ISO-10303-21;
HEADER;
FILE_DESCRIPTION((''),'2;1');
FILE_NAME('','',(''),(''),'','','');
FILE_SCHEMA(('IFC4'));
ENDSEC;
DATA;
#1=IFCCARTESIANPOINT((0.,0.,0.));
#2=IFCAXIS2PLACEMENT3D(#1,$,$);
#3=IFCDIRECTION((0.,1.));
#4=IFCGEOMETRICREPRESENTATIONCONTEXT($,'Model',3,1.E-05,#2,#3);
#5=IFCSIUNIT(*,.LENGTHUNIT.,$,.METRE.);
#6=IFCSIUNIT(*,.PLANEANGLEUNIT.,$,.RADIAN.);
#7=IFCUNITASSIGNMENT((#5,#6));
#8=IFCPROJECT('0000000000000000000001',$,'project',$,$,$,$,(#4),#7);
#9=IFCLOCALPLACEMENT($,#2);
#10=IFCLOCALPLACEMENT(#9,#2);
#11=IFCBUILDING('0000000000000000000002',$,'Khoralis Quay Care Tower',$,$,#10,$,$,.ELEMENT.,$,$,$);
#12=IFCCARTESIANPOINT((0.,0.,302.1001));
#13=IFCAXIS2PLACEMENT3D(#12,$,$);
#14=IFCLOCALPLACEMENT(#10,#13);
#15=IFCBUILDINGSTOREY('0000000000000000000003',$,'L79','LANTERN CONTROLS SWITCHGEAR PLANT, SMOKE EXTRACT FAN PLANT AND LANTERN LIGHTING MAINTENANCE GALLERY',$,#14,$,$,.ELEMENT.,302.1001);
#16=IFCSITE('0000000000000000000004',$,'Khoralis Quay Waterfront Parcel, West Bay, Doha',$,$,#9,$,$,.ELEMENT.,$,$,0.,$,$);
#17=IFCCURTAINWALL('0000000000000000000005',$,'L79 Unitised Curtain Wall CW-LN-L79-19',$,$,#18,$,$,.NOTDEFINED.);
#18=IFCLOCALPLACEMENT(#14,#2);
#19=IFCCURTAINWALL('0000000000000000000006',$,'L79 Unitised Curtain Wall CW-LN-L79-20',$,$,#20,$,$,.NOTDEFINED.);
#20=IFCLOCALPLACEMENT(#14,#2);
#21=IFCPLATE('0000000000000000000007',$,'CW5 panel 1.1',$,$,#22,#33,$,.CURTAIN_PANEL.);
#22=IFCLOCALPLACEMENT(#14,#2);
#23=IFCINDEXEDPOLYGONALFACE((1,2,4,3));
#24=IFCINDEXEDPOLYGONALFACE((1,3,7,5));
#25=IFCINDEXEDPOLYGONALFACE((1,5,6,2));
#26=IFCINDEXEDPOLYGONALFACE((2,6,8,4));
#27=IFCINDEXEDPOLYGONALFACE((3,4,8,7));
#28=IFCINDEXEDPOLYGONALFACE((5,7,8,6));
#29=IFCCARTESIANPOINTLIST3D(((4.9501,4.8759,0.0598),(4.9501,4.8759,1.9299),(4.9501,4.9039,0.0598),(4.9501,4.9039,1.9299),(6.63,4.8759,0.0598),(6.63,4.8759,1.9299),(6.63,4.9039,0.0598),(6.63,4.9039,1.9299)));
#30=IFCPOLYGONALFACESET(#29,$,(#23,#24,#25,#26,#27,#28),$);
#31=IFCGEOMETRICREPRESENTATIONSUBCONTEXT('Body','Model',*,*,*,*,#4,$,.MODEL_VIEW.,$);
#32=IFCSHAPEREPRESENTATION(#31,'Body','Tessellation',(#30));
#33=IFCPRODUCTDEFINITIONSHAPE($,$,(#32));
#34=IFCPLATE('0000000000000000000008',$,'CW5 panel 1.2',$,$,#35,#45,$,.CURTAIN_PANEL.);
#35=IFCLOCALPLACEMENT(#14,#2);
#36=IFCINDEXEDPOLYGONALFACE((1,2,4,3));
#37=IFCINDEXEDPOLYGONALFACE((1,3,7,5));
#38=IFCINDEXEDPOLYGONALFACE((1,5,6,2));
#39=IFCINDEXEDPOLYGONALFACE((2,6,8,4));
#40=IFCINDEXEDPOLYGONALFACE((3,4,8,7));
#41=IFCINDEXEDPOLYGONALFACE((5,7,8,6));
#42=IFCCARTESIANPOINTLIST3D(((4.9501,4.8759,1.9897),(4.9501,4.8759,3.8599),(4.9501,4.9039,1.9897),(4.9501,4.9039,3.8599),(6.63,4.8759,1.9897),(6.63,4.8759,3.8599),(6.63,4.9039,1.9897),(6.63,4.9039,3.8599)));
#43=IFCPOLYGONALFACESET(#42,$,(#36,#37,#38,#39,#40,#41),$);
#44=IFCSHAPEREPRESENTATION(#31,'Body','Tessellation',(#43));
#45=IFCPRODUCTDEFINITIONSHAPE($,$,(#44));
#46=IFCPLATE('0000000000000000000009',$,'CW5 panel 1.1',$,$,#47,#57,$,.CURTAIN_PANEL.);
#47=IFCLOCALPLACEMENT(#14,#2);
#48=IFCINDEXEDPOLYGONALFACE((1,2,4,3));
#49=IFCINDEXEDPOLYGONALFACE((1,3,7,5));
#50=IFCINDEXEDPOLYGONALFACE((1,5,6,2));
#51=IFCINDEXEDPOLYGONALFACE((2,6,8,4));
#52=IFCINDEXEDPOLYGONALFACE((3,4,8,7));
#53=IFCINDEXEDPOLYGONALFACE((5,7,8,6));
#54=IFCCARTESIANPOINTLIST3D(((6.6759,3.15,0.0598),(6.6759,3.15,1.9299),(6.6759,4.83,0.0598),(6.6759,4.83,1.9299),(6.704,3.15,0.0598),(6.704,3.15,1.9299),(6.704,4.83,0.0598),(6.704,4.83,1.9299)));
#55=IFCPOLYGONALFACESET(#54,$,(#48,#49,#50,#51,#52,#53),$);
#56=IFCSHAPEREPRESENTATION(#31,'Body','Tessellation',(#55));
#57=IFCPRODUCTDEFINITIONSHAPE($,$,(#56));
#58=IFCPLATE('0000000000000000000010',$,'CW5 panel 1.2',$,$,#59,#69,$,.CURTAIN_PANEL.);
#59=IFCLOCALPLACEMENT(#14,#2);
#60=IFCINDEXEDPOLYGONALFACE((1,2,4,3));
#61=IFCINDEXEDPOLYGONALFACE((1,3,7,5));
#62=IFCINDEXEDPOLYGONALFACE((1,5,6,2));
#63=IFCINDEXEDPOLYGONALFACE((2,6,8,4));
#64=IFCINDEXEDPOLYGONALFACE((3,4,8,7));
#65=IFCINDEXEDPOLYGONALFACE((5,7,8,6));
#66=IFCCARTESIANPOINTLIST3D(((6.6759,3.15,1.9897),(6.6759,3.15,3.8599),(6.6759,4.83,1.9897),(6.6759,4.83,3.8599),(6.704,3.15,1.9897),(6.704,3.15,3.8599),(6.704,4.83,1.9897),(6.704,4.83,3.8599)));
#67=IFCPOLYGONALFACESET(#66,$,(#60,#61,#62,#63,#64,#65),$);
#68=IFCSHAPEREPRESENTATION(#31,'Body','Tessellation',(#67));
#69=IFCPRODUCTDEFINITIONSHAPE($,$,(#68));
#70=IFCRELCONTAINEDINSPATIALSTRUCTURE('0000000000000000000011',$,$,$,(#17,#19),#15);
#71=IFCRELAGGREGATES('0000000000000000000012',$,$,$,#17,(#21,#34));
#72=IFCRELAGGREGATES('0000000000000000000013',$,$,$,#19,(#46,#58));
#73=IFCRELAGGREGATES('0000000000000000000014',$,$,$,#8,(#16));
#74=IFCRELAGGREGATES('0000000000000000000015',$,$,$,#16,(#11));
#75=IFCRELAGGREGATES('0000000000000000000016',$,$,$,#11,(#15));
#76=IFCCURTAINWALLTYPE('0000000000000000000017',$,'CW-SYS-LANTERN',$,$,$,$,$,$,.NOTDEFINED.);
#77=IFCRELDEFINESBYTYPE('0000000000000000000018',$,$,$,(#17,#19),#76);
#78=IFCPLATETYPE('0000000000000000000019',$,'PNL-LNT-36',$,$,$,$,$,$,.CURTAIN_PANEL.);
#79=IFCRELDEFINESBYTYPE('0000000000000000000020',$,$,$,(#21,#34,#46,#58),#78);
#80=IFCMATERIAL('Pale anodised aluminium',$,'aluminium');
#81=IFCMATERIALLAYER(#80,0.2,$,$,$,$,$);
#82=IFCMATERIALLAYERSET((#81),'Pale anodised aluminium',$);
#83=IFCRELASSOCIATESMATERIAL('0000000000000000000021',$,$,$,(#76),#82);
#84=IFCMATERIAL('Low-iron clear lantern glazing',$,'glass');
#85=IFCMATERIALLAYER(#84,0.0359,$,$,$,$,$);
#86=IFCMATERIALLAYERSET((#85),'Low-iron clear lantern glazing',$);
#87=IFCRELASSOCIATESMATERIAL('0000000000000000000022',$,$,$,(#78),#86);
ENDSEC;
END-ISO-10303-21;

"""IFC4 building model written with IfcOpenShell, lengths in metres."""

from ifc_helpers import new_model, si_unit, direction, frame, origin, origin_2d, place, context, subcontext, project, spatial, rectangle, extrude, source, transform, mapped, material, layer, layer_set, type_object, element, aggregate, save


model = new_model("IFC4")

# Units and contexts
model_context = context("Model", 3, precision=1e-05, world=origin(), true_north=direction((0.0, 1.0)))
body_context = subcontext(model_context, "Body", "Model", "MODEL_VIEW")
ifc_project = project(units=[si_unit("LENGTHUNIT", "METRE"), si_unit("PLANEANGLEUNIT", "RADIAN")], contexts=[model_context])

# Site, building, storey
site_placement = place(None, origin())
site = spatial("IfcSite", under=ifc_project, at=site_placement, Name="Khoralis Quay Waterfront Parcel, West Bay, Doha", CompositionType="ELEMENT", RefElevation=0.0)
building_placement = place(site_placement, origin())
building = spatial("IfcBuilding", under=site, at=building_placement, Name="Khoralis Quay Care Tower", CompositionType="ELEMENT")
storey_placement = place(building_placement, frame((0.0, 0.0, 302.1001)))
storey = spatial("IfcBuildingStorey", under=building, at=storey_placement, Name="L79", Description="LANTERN CONTROLS SWITCHGEAR PLANT, SMOKE EXTRACT FAN PLANT AND LANTERN LIGHTING MAINTENANCE GALLERY", CompositionType="ELEMENT", Elevation=302.1001)

# Curtain wall
ifc_material_1 = material(Name="Pale anodised aluminium", Category="aluminium")
ifc_layer_1 = layer(ifc_material_1, 0.2)
ifc_layer_set_1 = layer_set([ifc_layer_1], Name="Pale anodised aluminium")
curtain_wall_type = type_object("IfcCurtainWallType", Name="CW-SYS-LANTERN", PredefinedType="NOTDEFINED", material=ifc_layer_set_1)
curtain_wall_1_placement = place(storey_placement, origin())
curtain_wall_1 = element("IfcCurtainWall", 1, at=curtain_wall_1_placement, inside=storey, type_object=curtain_wall_type, Name="L79 Unitised Curtain Wall CW-LN-L79-19", PredefinedType="NOTDEFINED")

# Curtain wall
curtain_wall_2_placement = place(storey_placement, origin())
curtain_wall_2 = element("IfcCurtainWall", 2, at=curtain_wall_2_placement, inside=storey, type_object=curtain_wall_type, Name="L79 Unitised Curtain Wall CW-LN-L79-20", PredefinedType="NOTDEFINED")

# Plates
ifc_material_2 = material(Name="Low-iron clear lantern glazing", Category="glass")
ifc_layer_2 = layer(ifc_material_2, 0.0359)
ifc_layer_set_2 = layer_set([ifc_layer_2], Name="Low-iron clear lantern glazing")
plate_type = type_object("IfcPlateType", Name="PNL-LNT-36", PredefinedType="CURTAIN_PANEL", material=ifc_layer_set_2)
shared_shape_1 = source(origin(), body_context, "Body", "SweptSolid", [
    extrude(rectangle(XDim=1.6799, YDim=0.0281, at=origin_2d()), origin(), (0.0, 0.0, 1.0), 1.8701),
])
plate_1_placement = place(storey_placement, frame((5.79, 4.8899, 0.0598), z_axis=(0.0, 0.0, 1.0), x_axis=(1.0, 0.0, 0.0)))
plate_1 = element("IfcPlate", 3, at=plate_1_placement, type_object=plate_type, Name="CW5 panel 1.1", PredefinedType="CURTAIN_PANEL", context=body_context, shape_type="MappedRepresentation", body=[
    mapped(shared_shape_1, transform((0.0, 0.0, 0.0), scale=1.0)),
])
plate_2_placement = place(storey_placement, frame((5.79, 4.8899, 1.9897), z_axis=(0.0, 0.0, 1.0), x_axis=(1.0, 0.0, 0.0)))
plate_2 = element("IfcPlate", 4, at=plate_2_placement, type_object=plate_type, Name="CW5 panel 1.2", PredefinedType="CURTAIN_PANEL", context=body_context, shape_type="MappedRepresentation", body=[
    mapped(shared_shape_1, transform((0.0, 0.0, 0.0), scale=1.0)),
])
aggregate(curtain_wall_1, [plate_1, plate_2])
plate_3_placement = place(storey_placement, frame((6.6899, 3.99, 0.0598), z_axis=(0.0, 0.0, 1.0), x_axis=(0.0, -1.0, 0.0)))
plate_3 = element("IfcPlate", 5, at=plate_3_placement, type_object=plate_type, Name="CW5 panel 1.1", PredefinedType="CURTAIN_PANEL", context=body_context, shape_type="MappedRepresentation", body=[
    mapped(shared_shape_1, transform((0.0, 0.0, 0.0), scale=1.0)),
])
plate_4_placement = place(storey_placement, frame((6.6899, 3.99, 1.9897), z_axis=(0.0, 0.0, 1.0), x_axis=(0.0, -1.0, 0.0)))
plate_4 = element("IfcPlate", 6, at=plate_4_placement, type_object=plate_type, Name="CW5 panel 1.2", PredefinedType="CURTAIN_PANEL", context=body_context, shape_type="MappedRepresentation", body=[
    mapped(shared_shape_1, transform((0.0, 0.0, 0.0), scale=1.0)),
])
aggregate(curtain_wall_2, [plate_3, plate_4])

save(model, "model.ifc")
